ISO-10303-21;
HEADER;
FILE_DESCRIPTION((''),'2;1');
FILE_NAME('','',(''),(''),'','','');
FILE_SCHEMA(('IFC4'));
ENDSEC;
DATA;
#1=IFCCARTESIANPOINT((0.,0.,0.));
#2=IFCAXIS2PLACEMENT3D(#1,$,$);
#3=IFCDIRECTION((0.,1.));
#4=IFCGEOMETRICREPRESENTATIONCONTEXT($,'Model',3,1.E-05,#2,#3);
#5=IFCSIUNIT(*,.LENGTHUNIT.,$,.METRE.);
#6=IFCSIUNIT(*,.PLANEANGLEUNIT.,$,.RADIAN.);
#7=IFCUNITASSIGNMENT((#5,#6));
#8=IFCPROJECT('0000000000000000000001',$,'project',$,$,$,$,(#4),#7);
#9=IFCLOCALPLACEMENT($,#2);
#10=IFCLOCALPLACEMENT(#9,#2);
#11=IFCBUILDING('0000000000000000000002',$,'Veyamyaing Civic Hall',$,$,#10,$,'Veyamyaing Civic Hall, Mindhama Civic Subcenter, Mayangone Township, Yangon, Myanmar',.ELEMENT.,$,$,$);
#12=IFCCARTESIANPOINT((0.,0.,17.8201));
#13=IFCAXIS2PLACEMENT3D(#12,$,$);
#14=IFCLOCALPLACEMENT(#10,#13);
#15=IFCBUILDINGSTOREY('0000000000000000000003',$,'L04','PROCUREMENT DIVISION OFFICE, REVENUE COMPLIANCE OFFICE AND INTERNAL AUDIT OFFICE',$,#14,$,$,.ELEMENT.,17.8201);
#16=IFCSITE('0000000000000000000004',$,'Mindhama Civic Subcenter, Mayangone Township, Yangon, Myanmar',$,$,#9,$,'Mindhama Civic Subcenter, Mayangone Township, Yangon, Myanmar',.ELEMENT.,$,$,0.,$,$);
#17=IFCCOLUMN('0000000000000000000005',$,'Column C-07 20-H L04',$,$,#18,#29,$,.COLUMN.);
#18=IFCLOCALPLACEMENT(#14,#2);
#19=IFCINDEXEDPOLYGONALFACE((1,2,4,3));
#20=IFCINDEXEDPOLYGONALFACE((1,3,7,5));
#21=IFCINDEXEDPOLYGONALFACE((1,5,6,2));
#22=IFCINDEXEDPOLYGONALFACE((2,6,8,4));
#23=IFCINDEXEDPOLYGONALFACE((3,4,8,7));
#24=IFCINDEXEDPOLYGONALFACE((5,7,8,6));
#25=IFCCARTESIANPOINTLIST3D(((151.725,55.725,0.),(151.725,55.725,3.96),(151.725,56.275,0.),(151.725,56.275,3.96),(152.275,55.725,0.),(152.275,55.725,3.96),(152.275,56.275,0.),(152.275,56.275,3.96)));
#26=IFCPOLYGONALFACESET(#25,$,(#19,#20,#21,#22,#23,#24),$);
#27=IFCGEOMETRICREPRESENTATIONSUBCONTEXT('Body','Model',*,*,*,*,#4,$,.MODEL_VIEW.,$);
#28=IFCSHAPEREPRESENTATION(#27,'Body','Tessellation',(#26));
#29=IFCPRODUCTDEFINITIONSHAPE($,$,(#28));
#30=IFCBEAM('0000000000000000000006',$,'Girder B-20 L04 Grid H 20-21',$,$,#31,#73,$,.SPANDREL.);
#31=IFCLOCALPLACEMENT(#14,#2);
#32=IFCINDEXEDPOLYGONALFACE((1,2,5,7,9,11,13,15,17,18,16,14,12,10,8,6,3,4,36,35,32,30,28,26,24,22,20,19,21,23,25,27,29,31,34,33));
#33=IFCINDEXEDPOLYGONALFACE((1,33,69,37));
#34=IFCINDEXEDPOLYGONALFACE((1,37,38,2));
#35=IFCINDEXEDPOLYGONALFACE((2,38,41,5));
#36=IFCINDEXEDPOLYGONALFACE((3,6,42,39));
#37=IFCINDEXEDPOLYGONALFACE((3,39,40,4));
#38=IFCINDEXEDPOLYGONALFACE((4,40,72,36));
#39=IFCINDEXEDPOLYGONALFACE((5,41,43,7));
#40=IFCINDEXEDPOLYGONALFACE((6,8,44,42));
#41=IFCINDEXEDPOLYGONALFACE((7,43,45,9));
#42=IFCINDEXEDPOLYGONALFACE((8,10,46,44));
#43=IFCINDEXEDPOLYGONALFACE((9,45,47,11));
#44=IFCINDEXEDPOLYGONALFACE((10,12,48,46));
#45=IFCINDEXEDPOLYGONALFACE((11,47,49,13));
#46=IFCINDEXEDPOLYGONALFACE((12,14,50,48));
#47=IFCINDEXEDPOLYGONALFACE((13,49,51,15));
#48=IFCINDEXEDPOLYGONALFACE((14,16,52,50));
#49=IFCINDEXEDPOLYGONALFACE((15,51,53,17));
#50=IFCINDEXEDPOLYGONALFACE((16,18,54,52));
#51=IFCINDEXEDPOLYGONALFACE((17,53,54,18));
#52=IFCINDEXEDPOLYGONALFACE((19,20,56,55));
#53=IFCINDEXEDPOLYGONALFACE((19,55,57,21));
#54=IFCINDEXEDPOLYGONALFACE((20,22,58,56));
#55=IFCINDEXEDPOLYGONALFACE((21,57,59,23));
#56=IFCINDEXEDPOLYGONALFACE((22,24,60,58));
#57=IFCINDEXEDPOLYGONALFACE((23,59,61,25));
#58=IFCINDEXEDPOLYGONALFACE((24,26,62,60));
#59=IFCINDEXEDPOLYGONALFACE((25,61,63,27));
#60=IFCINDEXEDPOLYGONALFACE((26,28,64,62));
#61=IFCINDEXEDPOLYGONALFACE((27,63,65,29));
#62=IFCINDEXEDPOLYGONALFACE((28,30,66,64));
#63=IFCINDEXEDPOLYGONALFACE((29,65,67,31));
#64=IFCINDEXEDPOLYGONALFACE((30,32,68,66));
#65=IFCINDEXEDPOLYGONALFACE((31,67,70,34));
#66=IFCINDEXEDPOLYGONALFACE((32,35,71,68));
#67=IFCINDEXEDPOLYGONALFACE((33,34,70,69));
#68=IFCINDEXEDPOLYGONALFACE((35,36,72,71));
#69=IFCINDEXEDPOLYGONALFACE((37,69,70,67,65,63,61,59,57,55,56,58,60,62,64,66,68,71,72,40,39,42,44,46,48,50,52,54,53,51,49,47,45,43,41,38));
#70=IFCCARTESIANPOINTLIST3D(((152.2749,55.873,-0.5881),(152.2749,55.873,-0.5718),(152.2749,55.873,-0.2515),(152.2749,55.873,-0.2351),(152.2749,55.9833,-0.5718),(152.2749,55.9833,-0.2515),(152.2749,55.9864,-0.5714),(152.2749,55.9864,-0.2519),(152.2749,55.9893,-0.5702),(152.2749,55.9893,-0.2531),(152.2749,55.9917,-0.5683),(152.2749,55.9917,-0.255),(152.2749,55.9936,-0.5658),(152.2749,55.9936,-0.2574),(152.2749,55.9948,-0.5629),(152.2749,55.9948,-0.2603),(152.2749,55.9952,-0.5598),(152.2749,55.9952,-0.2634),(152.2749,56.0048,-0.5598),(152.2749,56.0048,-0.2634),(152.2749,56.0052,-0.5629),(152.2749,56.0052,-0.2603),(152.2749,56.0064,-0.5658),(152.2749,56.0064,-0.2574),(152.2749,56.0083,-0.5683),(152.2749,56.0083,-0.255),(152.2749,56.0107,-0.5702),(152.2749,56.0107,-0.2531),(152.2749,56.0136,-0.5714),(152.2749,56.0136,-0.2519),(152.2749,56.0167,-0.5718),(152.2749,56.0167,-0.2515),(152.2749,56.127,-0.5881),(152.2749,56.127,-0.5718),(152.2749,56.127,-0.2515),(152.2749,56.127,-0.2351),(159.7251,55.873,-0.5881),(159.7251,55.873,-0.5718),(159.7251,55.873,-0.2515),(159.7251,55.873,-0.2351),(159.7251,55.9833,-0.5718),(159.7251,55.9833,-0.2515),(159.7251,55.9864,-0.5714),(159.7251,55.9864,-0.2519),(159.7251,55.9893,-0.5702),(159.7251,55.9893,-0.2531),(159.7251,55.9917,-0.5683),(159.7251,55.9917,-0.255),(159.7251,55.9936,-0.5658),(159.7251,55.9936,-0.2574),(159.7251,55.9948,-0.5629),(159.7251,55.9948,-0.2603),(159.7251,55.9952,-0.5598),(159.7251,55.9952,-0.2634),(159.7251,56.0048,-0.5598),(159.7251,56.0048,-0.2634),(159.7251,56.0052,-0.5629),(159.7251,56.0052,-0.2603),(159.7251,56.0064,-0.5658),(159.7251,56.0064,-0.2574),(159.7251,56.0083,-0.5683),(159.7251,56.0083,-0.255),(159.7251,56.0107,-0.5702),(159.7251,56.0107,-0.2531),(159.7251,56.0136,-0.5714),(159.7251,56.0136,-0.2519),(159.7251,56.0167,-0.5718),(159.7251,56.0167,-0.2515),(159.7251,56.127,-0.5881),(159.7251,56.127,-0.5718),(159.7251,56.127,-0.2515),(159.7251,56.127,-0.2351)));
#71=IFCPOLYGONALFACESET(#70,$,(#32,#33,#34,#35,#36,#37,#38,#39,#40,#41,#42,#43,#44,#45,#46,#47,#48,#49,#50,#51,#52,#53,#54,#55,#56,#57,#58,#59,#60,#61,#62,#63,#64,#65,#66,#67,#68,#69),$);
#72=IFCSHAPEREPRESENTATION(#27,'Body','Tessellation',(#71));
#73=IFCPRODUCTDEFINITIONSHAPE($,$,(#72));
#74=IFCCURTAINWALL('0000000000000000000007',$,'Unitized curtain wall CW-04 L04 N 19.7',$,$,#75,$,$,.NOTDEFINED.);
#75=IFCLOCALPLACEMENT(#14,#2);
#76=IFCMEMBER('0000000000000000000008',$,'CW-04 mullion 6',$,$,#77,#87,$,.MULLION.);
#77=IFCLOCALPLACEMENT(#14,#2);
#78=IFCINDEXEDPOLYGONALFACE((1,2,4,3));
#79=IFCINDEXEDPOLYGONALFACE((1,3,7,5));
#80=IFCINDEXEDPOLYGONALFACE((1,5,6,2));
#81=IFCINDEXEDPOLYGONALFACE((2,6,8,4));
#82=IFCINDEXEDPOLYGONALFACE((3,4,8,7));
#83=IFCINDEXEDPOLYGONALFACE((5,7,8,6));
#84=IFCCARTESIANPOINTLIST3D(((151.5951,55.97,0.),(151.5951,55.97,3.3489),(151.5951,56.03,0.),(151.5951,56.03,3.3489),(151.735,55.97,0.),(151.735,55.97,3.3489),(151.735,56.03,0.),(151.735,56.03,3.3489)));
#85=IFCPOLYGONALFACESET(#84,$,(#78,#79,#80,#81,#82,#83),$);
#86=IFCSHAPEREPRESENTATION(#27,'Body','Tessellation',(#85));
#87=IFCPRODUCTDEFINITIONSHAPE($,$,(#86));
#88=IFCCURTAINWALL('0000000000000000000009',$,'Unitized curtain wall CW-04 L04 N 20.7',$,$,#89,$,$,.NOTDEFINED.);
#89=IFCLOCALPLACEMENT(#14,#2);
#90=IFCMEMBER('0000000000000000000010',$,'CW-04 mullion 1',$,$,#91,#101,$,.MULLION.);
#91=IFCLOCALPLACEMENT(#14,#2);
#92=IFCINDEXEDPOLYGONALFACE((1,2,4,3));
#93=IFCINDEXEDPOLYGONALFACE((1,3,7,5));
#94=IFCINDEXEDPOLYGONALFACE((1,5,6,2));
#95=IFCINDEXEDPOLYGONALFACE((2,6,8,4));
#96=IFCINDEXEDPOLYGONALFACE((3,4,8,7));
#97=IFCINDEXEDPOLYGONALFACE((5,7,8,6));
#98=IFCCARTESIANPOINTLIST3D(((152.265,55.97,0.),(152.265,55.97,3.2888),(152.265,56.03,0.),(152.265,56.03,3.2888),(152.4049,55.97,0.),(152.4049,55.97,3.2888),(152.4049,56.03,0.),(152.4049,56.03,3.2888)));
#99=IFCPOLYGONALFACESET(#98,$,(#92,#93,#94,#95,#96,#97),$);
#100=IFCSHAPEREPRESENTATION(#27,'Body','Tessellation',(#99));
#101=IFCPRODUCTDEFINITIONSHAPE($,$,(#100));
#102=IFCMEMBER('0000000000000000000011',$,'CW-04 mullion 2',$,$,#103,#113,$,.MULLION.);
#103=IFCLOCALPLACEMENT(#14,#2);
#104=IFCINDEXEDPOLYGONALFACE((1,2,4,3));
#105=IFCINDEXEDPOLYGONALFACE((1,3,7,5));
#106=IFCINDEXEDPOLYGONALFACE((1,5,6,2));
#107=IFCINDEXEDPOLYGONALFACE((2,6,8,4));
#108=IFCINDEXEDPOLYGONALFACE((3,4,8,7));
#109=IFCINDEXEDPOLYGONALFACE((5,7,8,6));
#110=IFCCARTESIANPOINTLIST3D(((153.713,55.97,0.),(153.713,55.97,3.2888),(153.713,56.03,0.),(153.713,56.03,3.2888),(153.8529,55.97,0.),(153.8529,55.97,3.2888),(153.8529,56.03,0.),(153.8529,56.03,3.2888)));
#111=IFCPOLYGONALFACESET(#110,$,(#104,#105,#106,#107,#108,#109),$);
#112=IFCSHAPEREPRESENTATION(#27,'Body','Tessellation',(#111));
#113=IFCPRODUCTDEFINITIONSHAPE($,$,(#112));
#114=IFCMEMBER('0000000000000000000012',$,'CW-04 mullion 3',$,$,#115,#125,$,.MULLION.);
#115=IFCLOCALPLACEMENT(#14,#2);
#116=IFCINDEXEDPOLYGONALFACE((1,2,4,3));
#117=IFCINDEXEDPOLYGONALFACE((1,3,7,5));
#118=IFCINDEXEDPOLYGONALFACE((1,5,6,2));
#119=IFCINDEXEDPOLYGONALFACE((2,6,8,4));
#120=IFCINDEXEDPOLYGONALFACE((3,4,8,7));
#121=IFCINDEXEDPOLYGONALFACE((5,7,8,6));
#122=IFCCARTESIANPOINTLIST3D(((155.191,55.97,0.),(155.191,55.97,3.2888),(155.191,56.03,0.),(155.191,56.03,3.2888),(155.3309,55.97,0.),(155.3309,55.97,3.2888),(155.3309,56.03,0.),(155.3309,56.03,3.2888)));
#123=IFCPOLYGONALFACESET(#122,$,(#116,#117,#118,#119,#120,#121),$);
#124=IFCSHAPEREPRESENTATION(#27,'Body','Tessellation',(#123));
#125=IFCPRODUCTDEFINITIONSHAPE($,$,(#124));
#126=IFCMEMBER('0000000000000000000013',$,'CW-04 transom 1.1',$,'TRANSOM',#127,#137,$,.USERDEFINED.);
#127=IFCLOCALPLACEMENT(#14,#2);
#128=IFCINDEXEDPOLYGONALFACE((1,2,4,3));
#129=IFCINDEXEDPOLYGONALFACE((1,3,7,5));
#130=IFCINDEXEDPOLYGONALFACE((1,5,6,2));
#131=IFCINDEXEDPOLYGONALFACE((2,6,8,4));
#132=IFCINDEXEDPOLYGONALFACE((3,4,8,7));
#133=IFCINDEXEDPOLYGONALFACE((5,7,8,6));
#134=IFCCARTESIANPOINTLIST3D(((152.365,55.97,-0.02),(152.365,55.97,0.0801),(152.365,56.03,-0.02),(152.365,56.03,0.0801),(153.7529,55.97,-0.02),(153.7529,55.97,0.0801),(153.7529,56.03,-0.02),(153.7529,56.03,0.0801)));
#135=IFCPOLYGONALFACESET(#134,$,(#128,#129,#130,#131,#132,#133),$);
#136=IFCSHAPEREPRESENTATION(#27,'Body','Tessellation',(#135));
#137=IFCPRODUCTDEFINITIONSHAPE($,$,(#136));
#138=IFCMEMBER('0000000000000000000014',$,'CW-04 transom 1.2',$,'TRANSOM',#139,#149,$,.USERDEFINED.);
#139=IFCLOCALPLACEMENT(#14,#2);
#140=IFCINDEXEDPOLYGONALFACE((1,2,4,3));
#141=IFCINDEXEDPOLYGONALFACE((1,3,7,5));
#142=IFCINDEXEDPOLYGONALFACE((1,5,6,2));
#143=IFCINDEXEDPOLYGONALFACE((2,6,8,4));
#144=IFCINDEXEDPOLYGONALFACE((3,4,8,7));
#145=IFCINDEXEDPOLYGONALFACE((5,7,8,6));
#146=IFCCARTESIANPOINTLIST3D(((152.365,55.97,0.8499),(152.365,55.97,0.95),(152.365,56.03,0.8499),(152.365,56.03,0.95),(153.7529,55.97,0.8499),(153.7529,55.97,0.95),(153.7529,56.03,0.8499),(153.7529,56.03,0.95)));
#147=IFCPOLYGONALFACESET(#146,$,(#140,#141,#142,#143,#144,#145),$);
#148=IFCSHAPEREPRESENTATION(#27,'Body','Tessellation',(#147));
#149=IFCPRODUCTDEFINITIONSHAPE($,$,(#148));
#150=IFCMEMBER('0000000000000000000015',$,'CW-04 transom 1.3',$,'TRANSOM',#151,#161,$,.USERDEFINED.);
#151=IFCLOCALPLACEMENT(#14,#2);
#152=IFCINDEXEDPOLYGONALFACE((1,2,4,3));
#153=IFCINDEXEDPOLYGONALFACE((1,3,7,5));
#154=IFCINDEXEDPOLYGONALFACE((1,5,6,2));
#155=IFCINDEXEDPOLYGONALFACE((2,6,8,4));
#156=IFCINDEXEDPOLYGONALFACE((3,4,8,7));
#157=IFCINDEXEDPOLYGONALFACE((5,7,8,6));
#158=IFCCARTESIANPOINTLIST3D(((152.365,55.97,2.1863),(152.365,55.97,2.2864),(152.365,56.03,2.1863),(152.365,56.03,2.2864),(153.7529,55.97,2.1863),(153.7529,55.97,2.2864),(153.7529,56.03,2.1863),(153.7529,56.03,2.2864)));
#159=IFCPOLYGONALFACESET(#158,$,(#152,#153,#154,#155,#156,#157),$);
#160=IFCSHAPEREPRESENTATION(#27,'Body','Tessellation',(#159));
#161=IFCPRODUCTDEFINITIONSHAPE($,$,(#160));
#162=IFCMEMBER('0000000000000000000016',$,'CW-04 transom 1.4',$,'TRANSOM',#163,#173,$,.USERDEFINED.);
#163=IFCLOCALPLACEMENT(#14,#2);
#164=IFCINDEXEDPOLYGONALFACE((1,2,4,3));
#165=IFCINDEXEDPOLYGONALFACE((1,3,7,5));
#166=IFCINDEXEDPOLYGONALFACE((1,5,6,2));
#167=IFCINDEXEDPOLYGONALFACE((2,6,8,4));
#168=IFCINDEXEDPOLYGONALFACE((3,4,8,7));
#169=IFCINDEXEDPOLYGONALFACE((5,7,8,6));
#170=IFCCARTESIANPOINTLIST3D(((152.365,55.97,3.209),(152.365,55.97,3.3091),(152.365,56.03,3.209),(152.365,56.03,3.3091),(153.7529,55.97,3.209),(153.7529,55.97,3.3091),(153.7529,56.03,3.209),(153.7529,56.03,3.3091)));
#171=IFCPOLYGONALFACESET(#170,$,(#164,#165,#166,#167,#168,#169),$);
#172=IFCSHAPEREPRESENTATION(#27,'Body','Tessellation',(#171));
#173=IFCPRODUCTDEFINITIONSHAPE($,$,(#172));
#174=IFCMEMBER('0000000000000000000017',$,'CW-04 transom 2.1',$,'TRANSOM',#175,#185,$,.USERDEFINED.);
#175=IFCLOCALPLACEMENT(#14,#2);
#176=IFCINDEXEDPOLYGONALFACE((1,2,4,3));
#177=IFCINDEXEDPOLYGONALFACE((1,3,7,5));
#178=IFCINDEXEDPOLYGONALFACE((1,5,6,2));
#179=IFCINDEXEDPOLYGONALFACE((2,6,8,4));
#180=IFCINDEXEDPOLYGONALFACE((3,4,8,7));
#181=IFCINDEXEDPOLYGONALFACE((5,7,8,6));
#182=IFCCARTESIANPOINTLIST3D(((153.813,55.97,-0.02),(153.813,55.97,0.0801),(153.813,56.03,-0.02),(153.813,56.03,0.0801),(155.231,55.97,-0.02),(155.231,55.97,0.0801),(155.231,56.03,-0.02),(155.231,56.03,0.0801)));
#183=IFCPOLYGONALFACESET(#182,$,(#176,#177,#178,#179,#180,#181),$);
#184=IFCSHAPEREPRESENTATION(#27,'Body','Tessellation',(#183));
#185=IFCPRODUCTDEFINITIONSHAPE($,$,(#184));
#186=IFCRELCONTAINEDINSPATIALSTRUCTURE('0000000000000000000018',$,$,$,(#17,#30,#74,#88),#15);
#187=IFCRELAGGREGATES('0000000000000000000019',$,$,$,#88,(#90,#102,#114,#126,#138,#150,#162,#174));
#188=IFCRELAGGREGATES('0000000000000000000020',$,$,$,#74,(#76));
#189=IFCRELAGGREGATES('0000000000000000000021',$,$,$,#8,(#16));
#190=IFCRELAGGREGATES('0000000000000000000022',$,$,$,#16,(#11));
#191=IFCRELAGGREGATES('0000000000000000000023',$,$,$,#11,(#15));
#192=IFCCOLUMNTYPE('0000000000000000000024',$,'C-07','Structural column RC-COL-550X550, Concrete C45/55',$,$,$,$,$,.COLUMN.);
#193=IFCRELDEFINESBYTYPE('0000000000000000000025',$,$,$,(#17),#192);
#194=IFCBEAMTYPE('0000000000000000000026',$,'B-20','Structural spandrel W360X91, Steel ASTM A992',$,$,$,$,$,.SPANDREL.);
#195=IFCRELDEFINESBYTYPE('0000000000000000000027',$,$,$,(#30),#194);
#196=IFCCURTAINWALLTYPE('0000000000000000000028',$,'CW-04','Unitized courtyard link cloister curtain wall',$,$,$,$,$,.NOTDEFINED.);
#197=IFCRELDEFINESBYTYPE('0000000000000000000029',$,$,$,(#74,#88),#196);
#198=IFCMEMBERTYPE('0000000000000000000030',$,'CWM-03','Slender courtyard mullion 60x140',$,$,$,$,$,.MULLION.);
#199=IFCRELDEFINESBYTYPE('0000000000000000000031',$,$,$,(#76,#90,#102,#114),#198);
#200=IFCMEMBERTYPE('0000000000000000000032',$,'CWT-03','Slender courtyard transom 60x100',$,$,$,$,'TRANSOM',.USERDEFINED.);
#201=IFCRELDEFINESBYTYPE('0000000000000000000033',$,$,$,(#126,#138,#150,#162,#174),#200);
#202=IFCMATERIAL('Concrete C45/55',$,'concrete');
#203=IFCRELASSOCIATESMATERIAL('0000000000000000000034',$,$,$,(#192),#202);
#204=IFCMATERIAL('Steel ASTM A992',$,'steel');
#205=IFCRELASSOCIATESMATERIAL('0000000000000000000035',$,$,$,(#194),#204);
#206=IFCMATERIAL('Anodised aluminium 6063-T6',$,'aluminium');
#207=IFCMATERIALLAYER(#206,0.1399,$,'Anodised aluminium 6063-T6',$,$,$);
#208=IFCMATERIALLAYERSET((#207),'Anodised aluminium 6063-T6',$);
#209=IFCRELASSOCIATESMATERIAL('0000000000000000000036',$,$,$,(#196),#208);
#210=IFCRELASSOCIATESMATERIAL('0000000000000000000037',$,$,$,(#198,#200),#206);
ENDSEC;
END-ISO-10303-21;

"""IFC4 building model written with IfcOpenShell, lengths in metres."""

from ifc_helpers import new_model, si_unit, direction, frame, origin, origin_2d, place, context, subcontext, project, spatial, rectangle, i_section, extrude, material, layer, layer_set, material_profile, profile_set, type_object, element, aggregate, save


model = new_model("IFC4")

# Units and contexts
model_context = context("Model", 3, precision=1e-05, world=origin(), true_north=direction((0.0, 1.0)))
body_context = subcontext(model_context, "Body", "Model", "MODEL_VIEW")
ifc_project = project(units=[si_unit("LENGTHUNIT", "METRE"), si_unit("PLANEANGLEUNIT", "RADIAN")], contexts=[model_context])

# Site, building, storey
site_placement = place(None, origin())
site = spatial("IfcSite", under=ifc_project, at=site_placement, Name="Mindhama Civic Subcenter, Mayangone Township, Yangon, Myanmar", LongName="Mindhama Civic Subcenter, Mayangone Township, Yangon, Myanmar", CompositionType="ELEMENT", RefElevation=0.0)
building_placement = place(site_placement, origin())
building = spatial("IfcBuilding", under=site, at=building_placement, Name="Veyamyaing Civic Hall", LongName="Veyamyaing Civic Hall, Mindhama Civic Subcenter, Mayangone Township, Yangon, Myanmar", CompositionType="ELEMENT")
storey_placement = place(building_placement, frame((0.0, 0.0, 17.8201)))
storey = spatial("IfcBuildingStorey", under=building, at=storey_placement, Name="L04", Description="PROCUREMENT DIVISION OFFICE, REVENUE COMPLIANCE OFFICE AND INTERNAL AUDIT OFFICE", CompositionType="ELEMENT", Elevation=17.8201)

# Column
ifc_material_1 = material(Name="Concrete C45/55", Category="concrete")
ifc_material_profile_1 = material_profile(ifc_material_1, rectangle(XDim=0.55, YDim=0.55, at=origin_2d()), Name="RC-COL-550X550")
ifc_profile_set_1 = profile_set([ifc_material_profile_1], Name="Concrete C45/55")
column_type = type_object("IfcColumnType", Name="C-07", Description="Structural column RC-COL-550X550, Concrete C45/55", PredefinedType="COLUMN", material=ifc_profile_set_1)
column_placement = place(storey_placement, frame((152.0, 56.0, 0.0), z_axis=(0.0, 0.0, 1.0), x_axis=(1.0, 0.0, 0.0)))
element("IfcColumn", 1, at=column_placement, inside=storey, type_object=column_type, Name="Column C-07 20-H L04", PredefinedType="COLUMN", context=body_context, shape_type="SweptSolid", body=[
    extrude(rectangle(XDim=0.55, YDim=0.55, at=origin_2d()), origin(), (0.0, 0.0, 1.0), 3.96),
])

# Beam
ifc_material_2 = material(Name="Steel ASTM A992", Category="steel")
ifc_material_profile_2 = material_profile(ifc_material_2, i_section(OverallWidth=0.2539, OverallDepth=0.353, WebThickness=0.0095, FlangeThickness=0.0164, FilletRadius=0.012, at=origin_2d()), Name="W360X91")
ifc_profile_set_2 = profile_set([ifc_material_profile_2], Name="Steel ASTM A992")
beam_type_1 = type_object("IfcBeamType", Name="B-20", Description="Structural spandrel W360X91, Steel ASTM A992", PredefinedType="SPANDREL", material=ifc_profile_set_2)
beam_1_placement = place(storey_placement, frame((152.2749, 56.0, -0.4116), z_axis=(1.0, 0.0, 0.0), x_axis=(0.0, 1.0, 0.0)))
element("IfcBeam", 2, at=beam_1_placement, inside=storey, type_object=beam_type_1, Name="Girder B-20 L04 Grid H 20-21", PredefinedType="SPANDREL", context=body_context, shape_type="SweptSolid", body=[
    extrude(i_section(OverallWidth=0.2539, OverallDepth=0.353, WebThickness=0.0095, FlangeThickness=0.0164, FilletRadius=0.012, at=origin_2d()), origin(), (0.0, 0.0, 1.0), 7.4502),
])

# Curtain wall, member
ifc_material_3 = material(Name="Anodised aluminium 6063-T6", Category="aluminium")
ifc_layer_1 = layer(ifc_material_3, 0.1399, Name="Anodised aluminium 6063-T6")
ifc_layer_set_1 = layer_set([ifc_layer_1], Name="Anodised aluminium 6063-T6")
curtain_wall_type = type_object("IfcCurtainWallType", Name="CW-04", Description="Unitized courtyard link cloister curtain wall", PredefinedType="NOTDEFINED", material=ifc_layer_set_1)
curtain_wall_1_placement = place(storey_placement, origin())
curtain_wall_1 = element("IfcCurtainWall", 3, at=curtain_wall_1_placement, inside=storey, type_object=curtain_wall_type, Name="Unitized curtain wall CW-04 L04 N 19.7", PredefinedType="NOTDEFINED")
ifc_material_profile_3 = material_profile(ifc_material_3, rectangle(XDim=0.0601, YDim=0.1399, at=origin_2d()), Name="ALU-MUL-60X140")
ifc_profile_set_3 = profile_set([ifc_material_profile_3], Name="Anodised aluminium 6063-T6")
member_type_1 = type_object("IfcMemberType", Name="CWM-03", Description="Slender courtyard mullion 60x140", PredefinedType="MULLION", material=ifc_profile_set_3)
member_1_placement = place(storey_placement, frame((151.665, 56.0, 0.0), z_axis=(0.0, 0.0, 1.0), x_axis=(0.0, 1.0, 0.0)))
member_1 = element("IfcMember", 4, at=member_1_placement, type_object=member_type_1, Name="CW-04 mullion 6", PredefinedType="MULLION", context=body_context, shape_type="SweptSolid", body=[
    extrude(rectangle(XDim=0.0601, YDim=0.1399, at=origin_2d()), origin(), (0.0, 0.0, 1.0), 3.3489),
])

# Curtain wall, members
curtain_wall_2_placement = place(storey_placement, origin())
curtain_wall_2 = element("IfcCurtainWall", 5, at=curtain_wall_2_placement, inside=storey, type_object=curtain_wall_type, Name="Unitized curtain wall CW-04 L04 N 20.7", PredefinedType="NOTDEFINED")
member_2_placement = place(storey_placement, frame((152.335, 56.0, 0.0), z_axis=(0.0, 0.0, 1.0), x_axis=(0.0, 1.0, 0.0)))
member_2 = element("IfcMember", 6, at=member_2_placement, type_object=member_type_1, Name="CW-04 mullion 1", PredefinedType="MULLION", context=body_context, shape_type="SweptSolid", body=[
    extrude(rectangle(XDim=0.0601, YDim=0.1399, at=origin_2d()), origin(), (0.0, 0.0, 1.0), 3.2888),
])
member_3_placement = place(storey_placement, frame((153.783, 56.0, 0.0), z_axis=(0.0, 0.0, 1.0), x_axis=(0.0, 1.0, 0.0)))
member_3 = element("IfcMember", 7, at=member_3_placement, type_object=member_type_1, Name="CW-04 mullion 2", PredefinedType="MULLION", context=body_context, shape_type="SweptSolid", body=[
    extrude(rectangle(XDim=0.0601, YDim=0.1399, at=origin_2d()), origin(), (0.0, 0.0, 1.0), 3.2888),
])
member_4_placement = place(storey_placement, frame((155.261, 56.0, 0.0), z_axis=(0.0, 0.0, 1.0), x_axis=(0.0, 1.0, 0.0)))
member_4 = element("IfcMember", 8, at=member_4_placement, type_object=member_type_1, Name="CW-04 mullion 3", PredefinedType="MULLION", context=body_context, shape_type="SweptSolid", body=[
    extrude(rectangle(XDim=0.0601, YDim=0.1399, at=origin_2d()), origin(), (0.0, 0.0, 1.0), 3.2888),
])
ifc_material_profile_4 = material_profile(ifc_material_3, rectangle(XDim=0.0601, YDim=0.1001, at=origin_2d()), Name="ALU-TRN-60X100")
ifc_profile_set_4 = profile_set([ifc_material_profile_4], Name="Anodised aluminium 6063-T6")
member_type_2 = type_object("IfcMemberType", Name="CWT-03", Description="Slender courtyard transom 60x100", ElementType="TRANSOM", PredefinedType="USERDEFINED", material=ifc_profile_set_4)
member_5_placement = place(storey_placement, frame((152.365, 56.0, 0.03), z_axis=(1.0, 0.0, 0.0), x_axis=(0.0, 1.0, 0.0)))
member_5 = element("IfcMember", 9, at=member_5_placement, type_object=member_type_2, Name="CW-04 transom 1.1", ObjectType="TRANSOM", PredefinedType="USERDEFINED", context=body_context, shape_type="SweptSolid", body=[
    extrude(rectangle(XDim=0.0601, YDim=0.1001, at=origin_2d()), origin(), (0.0, 0.0, 1.0), 1.3879),
])
member_6_placement = place(storey_placement, frame((152.365, 56.0, 0.8999), z_axis=(1.0, 0.0, 0.0), x_axis=(0.0, 1.0, 0.0)))
member_6 = element("IfcMember", 10, at=member_6_placement, type_object=member_type_2, Name="CW-04 transom 1.2", ObjectType="TRANSOM", PredefinedType="USERDEFINED", context=body_context, shape_type="SweptSolid", body=[
    extrude(rectangle(XDim=0.0601, YDim=0.1001, at=origin_2d()), origin(), (0.0, 0.0, 1.0), 1.3879),
])
member_7_placement = place(storey_placement, frame((152.365, 56.0, 2.2363), z_axis=(1.0, 0.0, 0.0), x_axis=(0.0, 1.0, 0.0)))
member_7 = element("IfcMember", 11, at=member_7_placement, type_object=member_type_2, Name="CW-04 transom 1.3", ObjectType="TRANSOM", PredefinedType="USERDEFINED", context=body_context, shape_type="SweptSolid", body=[
    extrude(rectangle(XDim=0.0601, YDim=0.1001, at=origin_2d()), origin(), (0.0, 0.0, 1.0), 1.3879),
])
member_8_placement = place(storey_placement, frame((152.365, 56.0, 3.259), z_axis=(1.0, 0.0, 0.0), x_axis=(0.0, 1.0, 0.0)))
member_8 = element("IfcMember", 12, at=member_8_placement, type_object=member_type_2, Name="CW-04 transom 1.4", ObjectType="TRANSOM", PredefinedType="USERDEFINED", context=body_context, shape_type="SweptSolid", body=[
    extrude(rectangle(XDim=0.0601, YDim=0.1001, at=origin_2d()), origin(), (0.0, 0.0, 1.0), 1.3879),
])
member_9_placement = place(storey_placement, frame((153.813, 56.0, 0.03), z_axis=(1.0, 0.0, 0.0), x_axis=(0.0, 1.0, 0.0)))
member_9 = element("IfcMember", 13, at=member_9_placement, type_object=member_type_2, Name="CW-04 transom 2.1", ObjectType="TRANSOM", PredefinedType="USERDEFINED", context=body_context, shape_type="SweptSolid", body=[
    extrude(rectangle(XDim=0.0601, YDim=0.1001, at=origin_2d()), origin(), (0.0, 0.0, 1.0), 1.418),
])

aggregate(curtain_wall_2, [member_2, member_3, member_4, member_5, member_6, member_7, member_8, member_9])
aggregate(curtain_wall_1, [member_1])

save(model, "model.ifc")
